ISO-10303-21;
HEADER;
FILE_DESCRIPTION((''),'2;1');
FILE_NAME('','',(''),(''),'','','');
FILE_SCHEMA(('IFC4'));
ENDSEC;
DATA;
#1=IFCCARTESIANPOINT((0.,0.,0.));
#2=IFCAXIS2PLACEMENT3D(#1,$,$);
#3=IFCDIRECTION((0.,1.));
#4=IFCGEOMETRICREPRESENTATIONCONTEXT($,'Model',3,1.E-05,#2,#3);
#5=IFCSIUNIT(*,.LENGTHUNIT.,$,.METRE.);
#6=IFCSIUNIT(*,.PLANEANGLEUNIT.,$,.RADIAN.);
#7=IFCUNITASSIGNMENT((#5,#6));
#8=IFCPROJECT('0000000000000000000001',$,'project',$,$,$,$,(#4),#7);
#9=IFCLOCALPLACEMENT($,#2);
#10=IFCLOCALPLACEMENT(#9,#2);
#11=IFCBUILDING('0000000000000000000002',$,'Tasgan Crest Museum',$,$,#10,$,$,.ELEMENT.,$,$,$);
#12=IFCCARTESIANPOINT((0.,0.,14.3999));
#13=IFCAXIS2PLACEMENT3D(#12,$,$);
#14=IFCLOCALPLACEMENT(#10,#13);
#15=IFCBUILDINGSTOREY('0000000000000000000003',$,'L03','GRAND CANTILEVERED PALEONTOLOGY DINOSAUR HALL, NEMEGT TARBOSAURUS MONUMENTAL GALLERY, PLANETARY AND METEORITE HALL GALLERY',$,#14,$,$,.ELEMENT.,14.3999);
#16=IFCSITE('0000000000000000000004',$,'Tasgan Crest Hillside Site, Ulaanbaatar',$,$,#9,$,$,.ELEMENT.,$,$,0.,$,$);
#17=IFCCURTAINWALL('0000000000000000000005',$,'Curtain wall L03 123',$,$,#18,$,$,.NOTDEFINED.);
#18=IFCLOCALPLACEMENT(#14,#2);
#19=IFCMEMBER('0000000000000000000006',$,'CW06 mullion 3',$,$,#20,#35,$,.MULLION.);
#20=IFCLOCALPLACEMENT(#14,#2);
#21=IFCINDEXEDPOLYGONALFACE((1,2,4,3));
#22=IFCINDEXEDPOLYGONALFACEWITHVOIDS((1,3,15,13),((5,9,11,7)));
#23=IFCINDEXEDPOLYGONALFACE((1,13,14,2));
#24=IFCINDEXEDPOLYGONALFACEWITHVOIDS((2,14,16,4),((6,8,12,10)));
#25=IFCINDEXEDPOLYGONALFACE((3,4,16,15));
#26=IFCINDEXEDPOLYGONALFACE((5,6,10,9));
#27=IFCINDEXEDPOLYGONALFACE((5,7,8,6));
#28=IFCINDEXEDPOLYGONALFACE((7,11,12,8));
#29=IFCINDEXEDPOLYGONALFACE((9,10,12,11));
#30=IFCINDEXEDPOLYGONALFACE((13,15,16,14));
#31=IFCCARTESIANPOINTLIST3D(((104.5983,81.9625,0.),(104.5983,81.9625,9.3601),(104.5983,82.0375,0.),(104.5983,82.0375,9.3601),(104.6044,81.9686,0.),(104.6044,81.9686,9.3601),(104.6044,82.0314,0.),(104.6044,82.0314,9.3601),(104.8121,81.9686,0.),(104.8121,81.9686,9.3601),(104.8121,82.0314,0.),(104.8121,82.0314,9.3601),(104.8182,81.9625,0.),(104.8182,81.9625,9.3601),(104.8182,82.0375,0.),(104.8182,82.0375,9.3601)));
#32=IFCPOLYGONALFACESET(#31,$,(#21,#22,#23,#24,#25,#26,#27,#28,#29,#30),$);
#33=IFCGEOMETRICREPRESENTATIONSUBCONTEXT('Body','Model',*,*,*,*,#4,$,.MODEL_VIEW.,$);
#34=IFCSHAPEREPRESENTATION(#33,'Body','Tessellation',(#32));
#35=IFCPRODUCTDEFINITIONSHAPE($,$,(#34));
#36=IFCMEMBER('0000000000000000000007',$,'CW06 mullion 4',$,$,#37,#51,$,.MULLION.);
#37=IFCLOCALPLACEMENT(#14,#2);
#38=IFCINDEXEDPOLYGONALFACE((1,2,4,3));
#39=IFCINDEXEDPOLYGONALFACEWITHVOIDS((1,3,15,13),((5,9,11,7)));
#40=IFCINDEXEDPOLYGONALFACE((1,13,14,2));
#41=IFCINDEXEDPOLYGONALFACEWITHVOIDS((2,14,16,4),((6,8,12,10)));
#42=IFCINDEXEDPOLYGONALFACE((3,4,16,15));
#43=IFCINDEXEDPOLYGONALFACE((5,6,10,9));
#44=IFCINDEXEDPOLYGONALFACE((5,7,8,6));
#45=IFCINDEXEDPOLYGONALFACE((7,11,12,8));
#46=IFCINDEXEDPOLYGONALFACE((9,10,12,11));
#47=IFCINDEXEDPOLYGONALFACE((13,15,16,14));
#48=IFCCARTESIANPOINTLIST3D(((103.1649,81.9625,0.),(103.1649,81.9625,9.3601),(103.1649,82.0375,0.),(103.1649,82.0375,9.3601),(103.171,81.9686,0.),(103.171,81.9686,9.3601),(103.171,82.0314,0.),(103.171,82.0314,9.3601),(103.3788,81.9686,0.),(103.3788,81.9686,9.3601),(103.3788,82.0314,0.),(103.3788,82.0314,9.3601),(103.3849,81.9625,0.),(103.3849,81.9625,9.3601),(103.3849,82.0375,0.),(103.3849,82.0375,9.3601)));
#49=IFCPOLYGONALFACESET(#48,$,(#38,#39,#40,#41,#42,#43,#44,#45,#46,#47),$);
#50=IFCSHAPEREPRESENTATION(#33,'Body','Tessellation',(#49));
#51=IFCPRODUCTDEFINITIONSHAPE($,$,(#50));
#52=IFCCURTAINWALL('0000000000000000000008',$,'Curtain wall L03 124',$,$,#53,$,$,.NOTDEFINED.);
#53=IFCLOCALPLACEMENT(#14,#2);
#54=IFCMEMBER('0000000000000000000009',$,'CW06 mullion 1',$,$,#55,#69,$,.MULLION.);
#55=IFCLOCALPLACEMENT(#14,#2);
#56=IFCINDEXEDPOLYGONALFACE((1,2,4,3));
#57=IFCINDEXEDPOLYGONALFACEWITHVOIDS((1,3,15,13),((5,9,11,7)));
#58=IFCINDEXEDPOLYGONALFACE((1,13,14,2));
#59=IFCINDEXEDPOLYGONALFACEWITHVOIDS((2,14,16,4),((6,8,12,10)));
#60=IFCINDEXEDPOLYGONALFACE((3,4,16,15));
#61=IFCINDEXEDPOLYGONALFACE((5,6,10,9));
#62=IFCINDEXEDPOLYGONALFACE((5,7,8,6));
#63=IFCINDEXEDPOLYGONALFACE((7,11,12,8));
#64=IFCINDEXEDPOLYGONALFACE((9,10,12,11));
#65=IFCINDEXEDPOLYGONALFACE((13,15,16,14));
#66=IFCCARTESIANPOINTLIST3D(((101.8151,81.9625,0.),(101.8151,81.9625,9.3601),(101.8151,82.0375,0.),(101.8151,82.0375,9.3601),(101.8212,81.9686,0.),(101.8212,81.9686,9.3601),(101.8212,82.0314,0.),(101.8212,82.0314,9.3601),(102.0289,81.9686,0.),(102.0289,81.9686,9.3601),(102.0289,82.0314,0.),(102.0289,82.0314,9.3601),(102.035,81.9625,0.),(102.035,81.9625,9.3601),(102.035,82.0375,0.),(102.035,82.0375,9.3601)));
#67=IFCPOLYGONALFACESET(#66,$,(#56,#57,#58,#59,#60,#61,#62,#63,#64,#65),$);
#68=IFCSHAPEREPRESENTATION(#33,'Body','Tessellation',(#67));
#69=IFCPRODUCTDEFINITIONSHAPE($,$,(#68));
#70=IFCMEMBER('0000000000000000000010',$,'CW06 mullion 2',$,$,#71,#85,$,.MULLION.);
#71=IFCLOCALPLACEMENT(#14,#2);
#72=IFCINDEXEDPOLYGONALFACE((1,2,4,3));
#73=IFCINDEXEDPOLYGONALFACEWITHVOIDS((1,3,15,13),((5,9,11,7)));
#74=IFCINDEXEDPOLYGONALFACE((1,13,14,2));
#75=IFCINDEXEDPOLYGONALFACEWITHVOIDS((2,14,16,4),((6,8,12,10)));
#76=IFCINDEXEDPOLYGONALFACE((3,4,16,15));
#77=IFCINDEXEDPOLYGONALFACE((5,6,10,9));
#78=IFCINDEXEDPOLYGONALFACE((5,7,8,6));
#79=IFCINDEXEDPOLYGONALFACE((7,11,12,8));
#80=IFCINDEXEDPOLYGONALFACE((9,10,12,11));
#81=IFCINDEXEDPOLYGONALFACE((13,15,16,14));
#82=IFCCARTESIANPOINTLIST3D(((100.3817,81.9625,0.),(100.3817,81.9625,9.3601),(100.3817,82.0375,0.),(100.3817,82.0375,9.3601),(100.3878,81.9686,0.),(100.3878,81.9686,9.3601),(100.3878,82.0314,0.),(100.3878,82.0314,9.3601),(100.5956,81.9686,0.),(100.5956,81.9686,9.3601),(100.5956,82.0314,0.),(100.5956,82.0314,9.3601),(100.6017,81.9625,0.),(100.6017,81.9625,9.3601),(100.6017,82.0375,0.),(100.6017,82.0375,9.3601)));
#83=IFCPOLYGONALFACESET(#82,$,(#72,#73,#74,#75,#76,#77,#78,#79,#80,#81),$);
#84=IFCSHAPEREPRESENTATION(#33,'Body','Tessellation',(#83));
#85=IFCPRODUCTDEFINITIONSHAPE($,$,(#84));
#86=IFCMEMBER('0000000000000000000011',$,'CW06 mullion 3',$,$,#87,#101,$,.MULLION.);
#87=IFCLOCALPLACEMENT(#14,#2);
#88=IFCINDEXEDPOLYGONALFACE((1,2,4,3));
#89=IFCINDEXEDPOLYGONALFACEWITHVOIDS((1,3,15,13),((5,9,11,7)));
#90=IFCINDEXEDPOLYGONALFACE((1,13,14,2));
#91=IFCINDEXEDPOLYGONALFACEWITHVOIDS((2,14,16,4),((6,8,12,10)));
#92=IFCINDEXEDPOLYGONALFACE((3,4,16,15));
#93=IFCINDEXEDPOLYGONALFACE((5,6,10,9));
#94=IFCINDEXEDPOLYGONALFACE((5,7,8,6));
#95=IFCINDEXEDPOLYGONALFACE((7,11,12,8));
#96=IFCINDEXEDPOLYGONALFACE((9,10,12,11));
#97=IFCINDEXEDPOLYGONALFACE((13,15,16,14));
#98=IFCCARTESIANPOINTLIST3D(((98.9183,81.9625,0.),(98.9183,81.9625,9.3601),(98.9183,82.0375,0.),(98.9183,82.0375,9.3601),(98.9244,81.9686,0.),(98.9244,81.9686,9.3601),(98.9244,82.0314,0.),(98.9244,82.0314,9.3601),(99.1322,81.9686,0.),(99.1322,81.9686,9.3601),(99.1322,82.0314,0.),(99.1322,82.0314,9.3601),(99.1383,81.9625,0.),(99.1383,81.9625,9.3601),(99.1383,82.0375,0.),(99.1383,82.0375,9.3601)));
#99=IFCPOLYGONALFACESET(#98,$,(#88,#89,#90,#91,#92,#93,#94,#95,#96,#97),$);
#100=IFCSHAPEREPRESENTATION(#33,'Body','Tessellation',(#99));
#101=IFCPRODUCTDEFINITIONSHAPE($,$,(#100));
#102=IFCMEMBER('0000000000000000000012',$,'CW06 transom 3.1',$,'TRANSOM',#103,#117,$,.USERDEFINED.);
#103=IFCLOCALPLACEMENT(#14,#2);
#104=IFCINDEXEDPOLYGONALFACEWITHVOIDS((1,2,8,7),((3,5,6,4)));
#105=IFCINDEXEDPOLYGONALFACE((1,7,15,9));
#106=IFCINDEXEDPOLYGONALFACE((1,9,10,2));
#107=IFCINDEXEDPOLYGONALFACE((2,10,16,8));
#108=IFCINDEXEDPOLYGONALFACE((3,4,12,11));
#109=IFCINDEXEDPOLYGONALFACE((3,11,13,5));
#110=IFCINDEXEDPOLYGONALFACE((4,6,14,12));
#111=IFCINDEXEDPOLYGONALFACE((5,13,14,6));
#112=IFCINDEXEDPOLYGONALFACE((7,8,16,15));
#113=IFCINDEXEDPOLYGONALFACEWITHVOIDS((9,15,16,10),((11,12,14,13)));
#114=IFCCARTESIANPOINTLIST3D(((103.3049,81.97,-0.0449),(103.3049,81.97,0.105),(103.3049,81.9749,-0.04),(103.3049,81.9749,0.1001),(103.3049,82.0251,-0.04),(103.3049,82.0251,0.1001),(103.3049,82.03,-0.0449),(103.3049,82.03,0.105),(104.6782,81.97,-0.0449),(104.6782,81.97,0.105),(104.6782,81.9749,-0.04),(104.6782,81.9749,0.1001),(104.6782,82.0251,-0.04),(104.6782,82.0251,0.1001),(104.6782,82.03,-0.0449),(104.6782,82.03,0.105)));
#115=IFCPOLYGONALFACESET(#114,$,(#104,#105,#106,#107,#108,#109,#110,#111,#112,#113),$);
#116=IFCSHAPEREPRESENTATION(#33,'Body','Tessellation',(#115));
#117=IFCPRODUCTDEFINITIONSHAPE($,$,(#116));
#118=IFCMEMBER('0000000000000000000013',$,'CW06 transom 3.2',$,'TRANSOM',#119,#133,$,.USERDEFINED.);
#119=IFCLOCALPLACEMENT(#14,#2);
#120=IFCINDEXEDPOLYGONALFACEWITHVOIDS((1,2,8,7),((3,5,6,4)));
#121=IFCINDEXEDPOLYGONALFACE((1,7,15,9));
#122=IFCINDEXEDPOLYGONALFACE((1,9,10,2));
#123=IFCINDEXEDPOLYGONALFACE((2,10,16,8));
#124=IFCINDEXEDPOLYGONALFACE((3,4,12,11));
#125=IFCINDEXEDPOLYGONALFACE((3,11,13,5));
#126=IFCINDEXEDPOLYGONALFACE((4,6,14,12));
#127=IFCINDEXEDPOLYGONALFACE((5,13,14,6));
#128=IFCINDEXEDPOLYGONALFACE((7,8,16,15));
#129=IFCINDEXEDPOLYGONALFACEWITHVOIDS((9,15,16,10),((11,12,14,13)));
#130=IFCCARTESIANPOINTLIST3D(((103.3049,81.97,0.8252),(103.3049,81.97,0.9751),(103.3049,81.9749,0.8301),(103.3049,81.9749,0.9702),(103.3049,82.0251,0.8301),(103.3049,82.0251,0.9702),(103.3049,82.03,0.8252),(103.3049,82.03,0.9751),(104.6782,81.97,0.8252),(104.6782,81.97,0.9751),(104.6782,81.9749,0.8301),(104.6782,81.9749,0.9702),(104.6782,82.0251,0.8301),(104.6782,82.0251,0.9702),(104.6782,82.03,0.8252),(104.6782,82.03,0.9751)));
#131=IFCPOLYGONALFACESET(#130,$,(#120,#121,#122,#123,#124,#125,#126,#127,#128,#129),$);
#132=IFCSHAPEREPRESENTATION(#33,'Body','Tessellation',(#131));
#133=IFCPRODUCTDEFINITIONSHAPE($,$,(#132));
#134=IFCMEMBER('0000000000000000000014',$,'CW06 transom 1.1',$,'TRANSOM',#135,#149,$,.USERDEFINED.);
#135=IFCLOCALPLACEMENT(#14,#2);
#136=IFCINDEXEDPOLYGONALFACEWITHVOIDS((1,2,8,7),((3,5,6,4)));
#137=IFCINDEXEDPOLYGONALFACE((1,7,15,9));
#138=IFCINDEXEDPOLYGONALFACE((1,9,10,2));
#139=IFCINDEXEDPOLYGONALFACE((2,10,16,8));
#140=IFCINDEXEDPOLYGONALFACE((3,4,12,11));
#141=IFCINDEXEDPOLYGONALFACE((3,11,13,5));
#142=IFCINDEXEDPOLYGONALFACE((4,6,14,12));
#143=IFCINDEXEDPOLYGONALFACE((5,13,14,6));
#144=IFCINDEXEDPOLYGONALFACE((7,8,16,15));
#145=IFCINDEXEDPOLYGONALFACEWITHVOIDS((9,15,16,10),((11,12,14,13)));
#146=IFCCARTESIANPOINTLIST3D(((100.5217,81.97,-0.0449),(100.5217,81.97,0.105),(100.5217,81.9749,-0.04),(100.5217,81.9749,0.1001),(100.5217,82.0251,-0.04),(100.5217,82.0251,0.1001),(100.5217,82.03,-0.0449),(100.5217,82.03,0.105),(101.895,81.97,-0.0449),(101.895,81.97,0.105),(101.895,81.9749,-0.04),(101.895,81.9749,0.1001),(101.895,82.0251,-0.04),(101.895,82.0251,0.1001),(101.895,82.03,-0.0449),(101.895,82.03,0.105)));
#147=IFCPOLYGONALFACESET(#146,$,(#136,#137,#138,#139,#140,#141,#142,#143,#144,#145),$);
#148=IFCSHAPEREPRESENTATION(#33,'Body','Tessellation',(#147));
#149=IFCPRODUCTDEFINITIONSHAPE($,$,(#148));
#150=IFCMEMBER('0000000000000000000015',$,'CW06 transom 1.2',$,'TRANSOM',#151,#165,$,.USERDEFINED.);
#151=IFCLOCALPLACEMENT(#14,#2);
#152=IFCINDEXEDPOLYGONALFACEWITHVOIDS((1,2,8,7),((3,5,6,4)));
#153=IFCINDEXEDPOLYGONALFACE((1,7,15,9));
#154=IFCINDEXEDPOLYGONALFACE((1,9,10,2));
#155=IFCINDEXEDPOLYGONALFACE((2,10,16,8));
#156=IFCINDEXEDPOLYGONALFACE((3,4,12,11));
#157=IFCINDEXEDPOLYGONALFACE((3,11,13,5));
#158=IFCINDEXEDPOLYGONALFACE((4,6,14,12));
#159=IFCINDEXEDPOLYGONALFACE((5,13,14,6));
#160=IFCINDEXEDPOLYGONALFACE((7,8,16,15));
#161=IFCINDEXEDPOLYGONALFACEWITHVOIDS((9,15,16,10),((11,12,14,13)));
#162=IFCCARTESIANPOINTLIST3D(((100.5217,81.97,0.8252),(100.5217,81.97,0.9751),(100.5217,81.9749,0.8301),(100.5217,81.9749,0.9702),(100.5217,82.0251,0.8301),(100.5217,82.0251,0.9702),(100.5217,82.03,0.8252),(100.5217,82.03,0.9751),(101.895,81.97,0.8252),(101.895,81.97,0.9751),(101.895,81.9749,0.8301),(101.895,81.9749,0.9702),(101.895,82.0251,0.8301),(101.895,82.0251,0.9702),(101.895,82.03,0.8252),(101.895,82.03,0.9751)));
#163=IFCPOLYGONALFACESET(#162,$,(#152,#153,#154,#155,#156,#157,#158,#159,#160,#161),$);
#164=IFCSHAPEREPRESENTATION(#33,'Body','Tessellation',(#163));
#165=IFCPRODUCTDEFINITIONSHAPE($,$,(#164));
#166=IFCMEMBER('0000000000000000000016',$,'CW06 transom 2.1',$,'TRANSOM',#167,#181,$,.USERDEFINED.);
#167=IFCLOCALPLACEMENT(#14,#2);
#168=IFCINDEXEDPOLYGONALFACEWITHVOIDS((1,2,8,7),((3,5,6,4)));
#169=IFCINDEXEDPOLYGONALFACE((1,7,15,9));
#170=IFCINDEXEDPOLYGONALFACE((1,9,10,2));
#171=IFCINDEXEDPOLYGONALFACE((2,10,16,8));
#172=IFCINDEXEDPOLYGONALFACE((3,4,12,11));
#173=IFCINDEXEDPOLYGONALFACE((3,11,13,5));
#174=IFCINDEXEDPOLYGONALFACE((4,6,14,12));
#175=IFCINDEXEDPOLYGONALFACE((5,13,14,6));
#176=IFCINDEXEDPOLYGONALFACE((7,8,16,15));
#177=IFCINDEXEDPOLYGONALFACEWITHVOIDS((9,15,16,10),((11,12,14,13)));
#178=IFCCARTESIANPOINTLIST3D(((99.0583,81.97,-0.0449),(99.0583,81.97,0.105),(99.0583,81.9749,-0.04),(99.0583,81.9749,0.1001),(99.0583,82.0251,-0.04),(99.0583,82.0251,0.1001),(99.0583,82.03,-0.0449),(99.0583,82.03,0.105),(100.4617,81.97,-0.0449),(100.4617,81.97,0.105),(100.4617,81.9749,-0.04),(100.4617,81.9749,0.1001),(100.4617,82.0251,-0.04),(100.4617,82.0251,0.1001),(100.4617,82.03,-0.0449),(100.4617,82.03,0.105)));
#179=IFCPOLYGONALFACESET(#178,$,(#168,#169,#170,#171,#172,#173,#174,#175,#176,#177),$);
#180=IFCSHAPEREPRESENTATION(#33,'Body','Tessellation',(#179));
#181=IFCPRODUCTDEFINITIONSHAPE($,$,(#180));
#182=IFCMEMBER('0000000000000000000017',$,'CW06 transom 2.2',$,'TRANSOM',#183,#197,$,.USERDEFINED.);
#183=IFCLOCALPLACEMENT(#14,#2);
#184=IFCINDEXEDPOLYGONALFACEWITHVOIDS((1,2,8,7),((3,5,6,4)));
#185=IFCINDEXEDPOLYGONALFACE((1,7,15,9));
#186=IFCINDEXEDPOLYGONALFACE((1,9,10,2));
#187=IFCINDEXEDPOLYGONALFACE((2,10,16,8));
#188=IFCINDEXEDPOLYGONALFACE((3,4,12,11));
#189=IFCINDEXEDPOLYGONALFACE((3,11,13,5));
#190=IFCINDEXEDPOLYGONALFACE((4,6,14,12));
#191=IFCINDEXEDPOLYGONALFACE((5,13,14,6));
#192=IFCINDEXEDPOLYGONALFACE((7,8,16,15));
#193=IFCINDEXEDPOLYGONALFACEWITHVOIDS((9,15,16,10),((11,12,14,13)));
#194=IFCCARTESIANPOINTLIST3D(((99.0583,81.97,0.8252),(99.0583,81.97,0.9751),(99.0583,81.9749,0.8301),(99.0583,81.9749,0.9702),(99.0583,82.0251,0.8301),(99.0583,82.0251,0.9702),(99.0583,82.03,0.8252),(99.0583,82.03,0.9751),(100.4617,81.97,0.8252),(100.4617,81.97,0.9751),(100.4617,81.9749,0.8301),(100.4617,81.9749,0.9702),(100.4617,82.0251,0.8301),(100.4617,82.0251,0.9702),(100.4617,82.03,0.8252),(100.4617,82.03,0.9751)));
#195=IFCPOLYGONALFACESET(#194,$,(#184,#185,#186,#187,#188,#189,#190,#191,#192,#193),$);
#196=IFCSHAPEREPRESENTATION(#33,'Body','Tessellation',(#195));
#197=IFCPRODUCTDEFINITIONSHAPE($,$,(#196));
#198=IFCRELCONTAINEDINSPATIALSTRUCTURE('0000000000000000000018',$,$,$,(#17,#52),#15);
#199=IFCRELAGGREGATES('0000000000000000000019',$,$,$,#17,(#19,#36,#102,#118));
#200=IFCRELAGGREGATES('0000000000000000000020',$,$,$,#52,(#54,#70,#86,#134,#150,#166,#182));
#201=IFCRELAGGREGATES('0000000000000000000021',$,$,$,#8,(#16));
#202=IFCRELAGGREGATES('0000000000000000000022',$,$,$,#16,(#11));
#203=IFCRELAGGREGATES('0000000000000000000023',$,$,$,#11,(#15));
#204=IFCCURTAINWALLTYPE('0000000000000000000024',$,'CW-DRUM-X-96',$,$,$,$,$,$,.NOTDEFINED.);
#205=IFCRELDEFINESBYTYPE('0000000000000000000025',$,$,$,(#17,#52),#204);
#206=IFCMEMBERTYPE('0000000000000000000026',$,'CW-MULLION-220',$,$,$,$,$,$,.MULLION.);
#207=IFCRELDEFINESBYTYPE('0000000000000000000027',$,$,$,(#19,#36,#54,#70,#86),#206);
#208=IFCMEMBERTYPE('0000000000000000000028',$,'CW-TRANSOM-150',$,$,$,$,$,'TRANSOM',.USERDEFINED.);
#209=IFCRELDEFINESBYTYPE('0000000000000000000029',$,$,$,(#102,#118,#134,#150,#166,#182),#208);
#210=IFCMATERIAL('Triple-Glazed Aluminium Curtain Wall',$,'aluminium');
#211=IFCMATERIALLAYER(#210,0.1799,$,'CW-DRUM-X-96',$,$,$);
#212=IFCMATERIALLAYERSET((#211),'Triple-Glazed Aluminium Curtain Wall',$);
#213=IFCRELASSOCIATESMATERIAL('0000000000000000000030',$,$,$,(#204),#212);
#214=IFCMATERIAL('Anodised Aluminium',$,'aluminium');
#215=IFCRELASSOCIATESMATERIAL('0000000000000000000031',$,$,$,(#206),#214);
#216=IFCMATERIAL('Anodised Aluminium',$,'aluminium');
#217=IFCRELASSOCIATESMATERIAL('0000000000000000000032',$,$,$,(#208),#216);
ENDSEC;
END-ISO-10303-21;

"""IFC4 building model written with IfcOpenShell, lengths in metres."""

from ifc_helpers import new_model, si_unit, direction, frame, origin, origin_2d, place, context, subcontext, project, spatial, hollow_rectangle, extrude, material, layer, layer_set, material_profile, profile_set, type_object, element, aggregate, save


model = new_model("IFC4")

# Units and contexts
model_context = context("Model", 3, precision=1e-05, world=origin(), true_north=direction((0.0, 1.0)))
body_context = subcontext(model_context, "Body", "Model", "MODEL_VIEW")
ifc_project = project(units=[si_unit("LENGTHUNIT", "METRE"), si_unit("PLANEANGLEUNIT", "RADIAN")], contexts=[model_context])

# Site, building, storey
site_placement = place(None, origin())
site = spatial("IfcSite", under=ifc_project, at=site_placement, Name="Tasgan Crest Hillside Site, Ulaanbaatar", CompositionType="ELEMENT", RefElevation=0.0)
building_placement = place(site_placement, origin())
building = spatial("IfcBuilding", under=site, at=building_placement, Name="Tasgan Crest Museum", CompositionType="ELEMENT")
storey_placement = place(building_placement, frame((0.0, 0.0, 14.3999)))
storey = spatial("IfcBuildingStorey", under=building, at=storey_placement, Name="L03", Description="GRAND CANTILEVERED PALEONTOLOGY DINOSAUR HALL, NEMEGT TARBOSAURUS MONUMENTAL GALLERY, PLANETARY AND METEORITE HALL GALLERY", CompositionType="ELEMENT", Elevation=14.3999)

# Curtain walls, members
ifc_material_1 = material(Name="Triple-Glazed Aluminium Curtain Wall", Category="aluminium")
ifc_layer_1 = layer(ifc_material_1, 0.1799, Name="CW-DRUM-X-96")
ifc_layer_set_1 = layer_set([ifc_layer_1], Name="Triple-Glazed Aluminium Curtain Wall")
curtain_wall_type = type_object("IfcCurtainWallType", Name="CW-DRUM-X-96", PredefinedType="NOTDEFINED", material=ifc_layer_set_1)
curtain_wall_1_placement = place(storey_placement, origin())
curtain_wall_1 = element("IfcCurtainWall", 1, at=curtain_wall_1_placement, inside=storey, type_object=curtain_wall_type, Name="Curtain wall L03 123", PredefinedType="NOTDEFINED")
ifc_material_2 = material(Name="Anodised Aluminium", Category="aluminium")
ifc_material_profile_1 = material_profile(ifc_material_2, hollow_rectangle(XDim=0.075, YDim=0.22, WallThickness=0.0061, at=origin_2d()), Name="ALU MULLION 220x75x6")
ifc_profile_set_1 = profile_set([ifc_material_profile_1], Name="Anodised Aluminium")
member_type_1 = type_object("IfcMemberType", Name="CW-MULLION-220", PredefinedType="MULLION", material=ifc_profile_set_1)
member_1_placement = place(storey_placement, frame((104.7083, 82.0, 0.0), z_axis=(0.0, 0.0, 1.0), x_axis=(0.0, -1.0, 0.0)))
member_1 = element("IfcMember", 2, at=member_1_placement, type_object=member_type_1, Name="CW06 mullion 3", PredefinedType="MULLION", context=body_context, shape_type="SweptSolid", body=[
    extrude(hollow_rectangle(XDim=0.075, YDim=0.22, WallThickness=0.0061, at=origin_2d()), origin(), (0.0, 0.0, 1.0), 9.3601),
])
member_2_placement = place(storey_placement, frame((103.2749, 82.0, 0.0), z_axis=(0.0, 0.0, 1.0), x_axis=(0.0, -1.0, 0.0)))
member_2 = element("IfcMember", 3, at=member_2_placement, type_object=member_type_1, Name="CW06 mullion 4", PredefinedType="MULLION", context=body_context, shape_type="SweptSolid", body=[
    extrude(hollow_rectangle(XDim=0.075, YDim=0.22, WallThickness=0.0061, at=origin_2d()), origin(), (0.0, 0.0, 1.0), 9.3601),
])
curtain_wall_2_placement = place(storey_placement, origin())
curtain_wall_2 = element("IfcCurtainWall", 4, at=curtain_wall_2_placement, inside=storey, type_object=curtain_wall_type, Name="Curtain wall L03 124", PredefinedType="NOTDEFINED")
member_3_placement = place(storey_placement, frame((101.925, 82.0, 0.0), z_axis=(0.0, 0.0, 1.0), x_axis=(0.0, -1.0, 0.0)))
member_3 = element("IfcMember", 5, at=member_3_placement, type_object=member_type_1, Name="CW06 mullion 1", PredefinedType="MULLION", context=body_context, shape_type="SweptSolid", body=[
    extrude(hollow_rectangle(XDim=0.075, YDim=0.22, WallThickness=0.0061, at=origin_2d()), origin(), (0.0, 0.0, 1.0), 9.3601),
])
member_4_placement = place(storey_placement, frame((100.4917, 82.0, 0.0), z_axis=(0.0, 0.0, 1.0), x_axis=(0.0, -1.0, 0.0)))
member_4 = element("IfcMember", 6, at=member_4_placement, type_object=member_type_1, Name="CW06 mullion 2", PredefinedType="MULLION", context=body_context, shape_type="SweptSolid", body=[
    extrude(hollow_rectangle(XDim=0.075, YDim=0.22, WallThickness=0.0061, at=origin_2d()), origin(), (0.0, 0.0, 1.0), 9.3601),
])
member_5_placement = place(storey_placement, frame((99.0283, 82.0, 0.0), z_axis=(0.0, 0.0, 1.0), x_axis=(0.0, -1.0, 0.0)))
member_5 = element("IfcMember", 7, at=member_5_placement, type_object=member_type_1, Name="CW06 mullion 3", PredefinedType="MULLION", context=body_context, shape_type="SweptSolid", body=[
    extrude(hollow_rectangle(XDim=0.075, YDim=0.22, WallThickness=0.0061, at=origin_2d()), origin(), (0.0, 0.0, 1.0), 9.3601),
])

# Members
ifc_material_3 = material(Name="Anodised Aluminium", Category="aluminium")
ifc_material_profile_2 = material_profile(ifc_material_3, hollow_rectangle(XDim=0.0601, YDim=0.1499, WallThickness=0.0049, at=origin_2d()), Name="ALU TRANSOM 150x60x5")
ifc_profile_set_2 = profile_set([ifc_material_profile_2], Name="Anodised Aluminium")
member_type_2 = type_object("IfcMemberType", Name="CW-TRANSOM-150", ElementType="TRANSOM", PredefinedType="USERDEFINED", material=ifc_profile_set_2)
member_6_placement = place(storey_placement, frame((104.6782, 82.0, 0.03), z_axis=(-1.0, 0.0, 0.0), x_axis=(0.0, -1.0, 0.0)))
member_6 = element("IfcMember", 8, at=member_6_placement, type_object=member_type_2, Name="CW06 transom 3.1", ObjectType="TRANSOM", PredefinedType="USERDEFINED", context=body_context, shape_type="SweptSolid", body=[
    extrude(hollow_rectangle(XDim=0.0601, YDim=0.1499, WallThickness=0.0049, at=origin_2d()), origin(), (0.0, 0.0, 1.0), 1.3733),
])
member_7_placement = place(storey_placement, frame((104.6782, 82.0, 0.9001), z_axis=(-1.0, 0.0, 0.0), x_axis=(0.0, -1.0, 0.0)))
member_7 = element("IfcMember", 9, at=member_7_placement, type_object=member_type_2, Name="CW06 transom 3.2", ObjectType="TRANSOM", PredefinedType="USERDEFINED", context=body_context, shape_type="SweptSolid", body=[
    extrude(hollow_rectangle(XDim=0.0601, YDim=0.1499, WallThickness=0.0049, at=origin_2d()), origin(), (0.0, 0.0, 1.0), 1.3733),
])
member_8_placement = place(storey_placement, frame((101.895, 82.0, 0.03), z_axis=(-1.0, 0.0, 0.0), x_axis=(0.0, -1.0, 0.0)))
member_8 = element("IfcMember", 10, at=member_8_placement, type_object=member_type_2, Name="CW06 transom 1.1", ObjectType="TRANSOM", PredefinedType="USERDEFINED", context=body_context, shape_type="SweptSolid", body=[
    extrude(hollow_rectangle(XDim=0.0601, YDim=0.1499, WallThickness=0.0049, at=origin_2d()), origin(), (0.0, 0.0, 1.0), 1.3733),
])
member_9_placement = place(storey_placement, frame((101.895, 82.0, 0.9001), z_axis=(-1.0, 0.0, 0.0), x_axis=(0.0, -1.0, 0.0)))
member_9 = element("IfcMember", 11, at=member_9_placement, type_object=member_type_2, Name="CW06 transom 1.2", ObjectType="TRANSOM", PredefinedType="USERDEFINED", context=body_context, shape_type="SweptSolid", body=[
    extrude(hollow_rectangle(XDim=0.0601, YDim=0.1499, WallThickness=0.0049, at=origin_2d()), origin(), (0.0, 0.0, 1.0), 1.3733),
])
member_10_placement = place(storey_placement, frame((100.4617, 82.0, 0.03), z_axis=(-1.0, 0.0, 0.0), x_axis=(0.0, -1.0, 0.0)))
member_10 = element("IfcMember", 12, at=member_10_placement, type_object=member_type_2, Name="CW06 transom 2.1", ObjectType="TRANSOM", PredefinedType="USERDEFINED", context=body_context, shape_type="SweptSolid", body=[
    extrude(hollow_rectangle(XDim=0.0601, YDim=0.1499, WallThickness=0.0049, at=origin_2d()), origin(), (0.0, 0.0, 1.0), 1.4033),
])
member_11_placement = place(storey_placement, frame((100.4617, 82.0, 0.9001), z_axis=(-1.0, 0.0, 0.0), x_axis=(0.0, -1.0, 0.0)))
member_11 = element("IfcMember", 13, at=member_11_placement, type_object=member_type_2, Name="CW06 transom 2.2", ObjectType="TRANSOM", PredefinedType="USERDEFINED", context=body_context, shape_type="SweptSolid", body=[
    extrude(hollow_rectangle(XDim=0.0601, YDim=0.1499, WallThickness=0.0049, at=origin_2d()), origin(), (0.0, 0.0, 1.0), 1.4033),
])

aggregate(curtain_wall_1, [member_1, member_2, member_6, member_7])
aggregate(curtain_wall_2, [member_3, member_4, member_5, member_8, member_9, member_10, member_11])

save(model, "model.ifc")
